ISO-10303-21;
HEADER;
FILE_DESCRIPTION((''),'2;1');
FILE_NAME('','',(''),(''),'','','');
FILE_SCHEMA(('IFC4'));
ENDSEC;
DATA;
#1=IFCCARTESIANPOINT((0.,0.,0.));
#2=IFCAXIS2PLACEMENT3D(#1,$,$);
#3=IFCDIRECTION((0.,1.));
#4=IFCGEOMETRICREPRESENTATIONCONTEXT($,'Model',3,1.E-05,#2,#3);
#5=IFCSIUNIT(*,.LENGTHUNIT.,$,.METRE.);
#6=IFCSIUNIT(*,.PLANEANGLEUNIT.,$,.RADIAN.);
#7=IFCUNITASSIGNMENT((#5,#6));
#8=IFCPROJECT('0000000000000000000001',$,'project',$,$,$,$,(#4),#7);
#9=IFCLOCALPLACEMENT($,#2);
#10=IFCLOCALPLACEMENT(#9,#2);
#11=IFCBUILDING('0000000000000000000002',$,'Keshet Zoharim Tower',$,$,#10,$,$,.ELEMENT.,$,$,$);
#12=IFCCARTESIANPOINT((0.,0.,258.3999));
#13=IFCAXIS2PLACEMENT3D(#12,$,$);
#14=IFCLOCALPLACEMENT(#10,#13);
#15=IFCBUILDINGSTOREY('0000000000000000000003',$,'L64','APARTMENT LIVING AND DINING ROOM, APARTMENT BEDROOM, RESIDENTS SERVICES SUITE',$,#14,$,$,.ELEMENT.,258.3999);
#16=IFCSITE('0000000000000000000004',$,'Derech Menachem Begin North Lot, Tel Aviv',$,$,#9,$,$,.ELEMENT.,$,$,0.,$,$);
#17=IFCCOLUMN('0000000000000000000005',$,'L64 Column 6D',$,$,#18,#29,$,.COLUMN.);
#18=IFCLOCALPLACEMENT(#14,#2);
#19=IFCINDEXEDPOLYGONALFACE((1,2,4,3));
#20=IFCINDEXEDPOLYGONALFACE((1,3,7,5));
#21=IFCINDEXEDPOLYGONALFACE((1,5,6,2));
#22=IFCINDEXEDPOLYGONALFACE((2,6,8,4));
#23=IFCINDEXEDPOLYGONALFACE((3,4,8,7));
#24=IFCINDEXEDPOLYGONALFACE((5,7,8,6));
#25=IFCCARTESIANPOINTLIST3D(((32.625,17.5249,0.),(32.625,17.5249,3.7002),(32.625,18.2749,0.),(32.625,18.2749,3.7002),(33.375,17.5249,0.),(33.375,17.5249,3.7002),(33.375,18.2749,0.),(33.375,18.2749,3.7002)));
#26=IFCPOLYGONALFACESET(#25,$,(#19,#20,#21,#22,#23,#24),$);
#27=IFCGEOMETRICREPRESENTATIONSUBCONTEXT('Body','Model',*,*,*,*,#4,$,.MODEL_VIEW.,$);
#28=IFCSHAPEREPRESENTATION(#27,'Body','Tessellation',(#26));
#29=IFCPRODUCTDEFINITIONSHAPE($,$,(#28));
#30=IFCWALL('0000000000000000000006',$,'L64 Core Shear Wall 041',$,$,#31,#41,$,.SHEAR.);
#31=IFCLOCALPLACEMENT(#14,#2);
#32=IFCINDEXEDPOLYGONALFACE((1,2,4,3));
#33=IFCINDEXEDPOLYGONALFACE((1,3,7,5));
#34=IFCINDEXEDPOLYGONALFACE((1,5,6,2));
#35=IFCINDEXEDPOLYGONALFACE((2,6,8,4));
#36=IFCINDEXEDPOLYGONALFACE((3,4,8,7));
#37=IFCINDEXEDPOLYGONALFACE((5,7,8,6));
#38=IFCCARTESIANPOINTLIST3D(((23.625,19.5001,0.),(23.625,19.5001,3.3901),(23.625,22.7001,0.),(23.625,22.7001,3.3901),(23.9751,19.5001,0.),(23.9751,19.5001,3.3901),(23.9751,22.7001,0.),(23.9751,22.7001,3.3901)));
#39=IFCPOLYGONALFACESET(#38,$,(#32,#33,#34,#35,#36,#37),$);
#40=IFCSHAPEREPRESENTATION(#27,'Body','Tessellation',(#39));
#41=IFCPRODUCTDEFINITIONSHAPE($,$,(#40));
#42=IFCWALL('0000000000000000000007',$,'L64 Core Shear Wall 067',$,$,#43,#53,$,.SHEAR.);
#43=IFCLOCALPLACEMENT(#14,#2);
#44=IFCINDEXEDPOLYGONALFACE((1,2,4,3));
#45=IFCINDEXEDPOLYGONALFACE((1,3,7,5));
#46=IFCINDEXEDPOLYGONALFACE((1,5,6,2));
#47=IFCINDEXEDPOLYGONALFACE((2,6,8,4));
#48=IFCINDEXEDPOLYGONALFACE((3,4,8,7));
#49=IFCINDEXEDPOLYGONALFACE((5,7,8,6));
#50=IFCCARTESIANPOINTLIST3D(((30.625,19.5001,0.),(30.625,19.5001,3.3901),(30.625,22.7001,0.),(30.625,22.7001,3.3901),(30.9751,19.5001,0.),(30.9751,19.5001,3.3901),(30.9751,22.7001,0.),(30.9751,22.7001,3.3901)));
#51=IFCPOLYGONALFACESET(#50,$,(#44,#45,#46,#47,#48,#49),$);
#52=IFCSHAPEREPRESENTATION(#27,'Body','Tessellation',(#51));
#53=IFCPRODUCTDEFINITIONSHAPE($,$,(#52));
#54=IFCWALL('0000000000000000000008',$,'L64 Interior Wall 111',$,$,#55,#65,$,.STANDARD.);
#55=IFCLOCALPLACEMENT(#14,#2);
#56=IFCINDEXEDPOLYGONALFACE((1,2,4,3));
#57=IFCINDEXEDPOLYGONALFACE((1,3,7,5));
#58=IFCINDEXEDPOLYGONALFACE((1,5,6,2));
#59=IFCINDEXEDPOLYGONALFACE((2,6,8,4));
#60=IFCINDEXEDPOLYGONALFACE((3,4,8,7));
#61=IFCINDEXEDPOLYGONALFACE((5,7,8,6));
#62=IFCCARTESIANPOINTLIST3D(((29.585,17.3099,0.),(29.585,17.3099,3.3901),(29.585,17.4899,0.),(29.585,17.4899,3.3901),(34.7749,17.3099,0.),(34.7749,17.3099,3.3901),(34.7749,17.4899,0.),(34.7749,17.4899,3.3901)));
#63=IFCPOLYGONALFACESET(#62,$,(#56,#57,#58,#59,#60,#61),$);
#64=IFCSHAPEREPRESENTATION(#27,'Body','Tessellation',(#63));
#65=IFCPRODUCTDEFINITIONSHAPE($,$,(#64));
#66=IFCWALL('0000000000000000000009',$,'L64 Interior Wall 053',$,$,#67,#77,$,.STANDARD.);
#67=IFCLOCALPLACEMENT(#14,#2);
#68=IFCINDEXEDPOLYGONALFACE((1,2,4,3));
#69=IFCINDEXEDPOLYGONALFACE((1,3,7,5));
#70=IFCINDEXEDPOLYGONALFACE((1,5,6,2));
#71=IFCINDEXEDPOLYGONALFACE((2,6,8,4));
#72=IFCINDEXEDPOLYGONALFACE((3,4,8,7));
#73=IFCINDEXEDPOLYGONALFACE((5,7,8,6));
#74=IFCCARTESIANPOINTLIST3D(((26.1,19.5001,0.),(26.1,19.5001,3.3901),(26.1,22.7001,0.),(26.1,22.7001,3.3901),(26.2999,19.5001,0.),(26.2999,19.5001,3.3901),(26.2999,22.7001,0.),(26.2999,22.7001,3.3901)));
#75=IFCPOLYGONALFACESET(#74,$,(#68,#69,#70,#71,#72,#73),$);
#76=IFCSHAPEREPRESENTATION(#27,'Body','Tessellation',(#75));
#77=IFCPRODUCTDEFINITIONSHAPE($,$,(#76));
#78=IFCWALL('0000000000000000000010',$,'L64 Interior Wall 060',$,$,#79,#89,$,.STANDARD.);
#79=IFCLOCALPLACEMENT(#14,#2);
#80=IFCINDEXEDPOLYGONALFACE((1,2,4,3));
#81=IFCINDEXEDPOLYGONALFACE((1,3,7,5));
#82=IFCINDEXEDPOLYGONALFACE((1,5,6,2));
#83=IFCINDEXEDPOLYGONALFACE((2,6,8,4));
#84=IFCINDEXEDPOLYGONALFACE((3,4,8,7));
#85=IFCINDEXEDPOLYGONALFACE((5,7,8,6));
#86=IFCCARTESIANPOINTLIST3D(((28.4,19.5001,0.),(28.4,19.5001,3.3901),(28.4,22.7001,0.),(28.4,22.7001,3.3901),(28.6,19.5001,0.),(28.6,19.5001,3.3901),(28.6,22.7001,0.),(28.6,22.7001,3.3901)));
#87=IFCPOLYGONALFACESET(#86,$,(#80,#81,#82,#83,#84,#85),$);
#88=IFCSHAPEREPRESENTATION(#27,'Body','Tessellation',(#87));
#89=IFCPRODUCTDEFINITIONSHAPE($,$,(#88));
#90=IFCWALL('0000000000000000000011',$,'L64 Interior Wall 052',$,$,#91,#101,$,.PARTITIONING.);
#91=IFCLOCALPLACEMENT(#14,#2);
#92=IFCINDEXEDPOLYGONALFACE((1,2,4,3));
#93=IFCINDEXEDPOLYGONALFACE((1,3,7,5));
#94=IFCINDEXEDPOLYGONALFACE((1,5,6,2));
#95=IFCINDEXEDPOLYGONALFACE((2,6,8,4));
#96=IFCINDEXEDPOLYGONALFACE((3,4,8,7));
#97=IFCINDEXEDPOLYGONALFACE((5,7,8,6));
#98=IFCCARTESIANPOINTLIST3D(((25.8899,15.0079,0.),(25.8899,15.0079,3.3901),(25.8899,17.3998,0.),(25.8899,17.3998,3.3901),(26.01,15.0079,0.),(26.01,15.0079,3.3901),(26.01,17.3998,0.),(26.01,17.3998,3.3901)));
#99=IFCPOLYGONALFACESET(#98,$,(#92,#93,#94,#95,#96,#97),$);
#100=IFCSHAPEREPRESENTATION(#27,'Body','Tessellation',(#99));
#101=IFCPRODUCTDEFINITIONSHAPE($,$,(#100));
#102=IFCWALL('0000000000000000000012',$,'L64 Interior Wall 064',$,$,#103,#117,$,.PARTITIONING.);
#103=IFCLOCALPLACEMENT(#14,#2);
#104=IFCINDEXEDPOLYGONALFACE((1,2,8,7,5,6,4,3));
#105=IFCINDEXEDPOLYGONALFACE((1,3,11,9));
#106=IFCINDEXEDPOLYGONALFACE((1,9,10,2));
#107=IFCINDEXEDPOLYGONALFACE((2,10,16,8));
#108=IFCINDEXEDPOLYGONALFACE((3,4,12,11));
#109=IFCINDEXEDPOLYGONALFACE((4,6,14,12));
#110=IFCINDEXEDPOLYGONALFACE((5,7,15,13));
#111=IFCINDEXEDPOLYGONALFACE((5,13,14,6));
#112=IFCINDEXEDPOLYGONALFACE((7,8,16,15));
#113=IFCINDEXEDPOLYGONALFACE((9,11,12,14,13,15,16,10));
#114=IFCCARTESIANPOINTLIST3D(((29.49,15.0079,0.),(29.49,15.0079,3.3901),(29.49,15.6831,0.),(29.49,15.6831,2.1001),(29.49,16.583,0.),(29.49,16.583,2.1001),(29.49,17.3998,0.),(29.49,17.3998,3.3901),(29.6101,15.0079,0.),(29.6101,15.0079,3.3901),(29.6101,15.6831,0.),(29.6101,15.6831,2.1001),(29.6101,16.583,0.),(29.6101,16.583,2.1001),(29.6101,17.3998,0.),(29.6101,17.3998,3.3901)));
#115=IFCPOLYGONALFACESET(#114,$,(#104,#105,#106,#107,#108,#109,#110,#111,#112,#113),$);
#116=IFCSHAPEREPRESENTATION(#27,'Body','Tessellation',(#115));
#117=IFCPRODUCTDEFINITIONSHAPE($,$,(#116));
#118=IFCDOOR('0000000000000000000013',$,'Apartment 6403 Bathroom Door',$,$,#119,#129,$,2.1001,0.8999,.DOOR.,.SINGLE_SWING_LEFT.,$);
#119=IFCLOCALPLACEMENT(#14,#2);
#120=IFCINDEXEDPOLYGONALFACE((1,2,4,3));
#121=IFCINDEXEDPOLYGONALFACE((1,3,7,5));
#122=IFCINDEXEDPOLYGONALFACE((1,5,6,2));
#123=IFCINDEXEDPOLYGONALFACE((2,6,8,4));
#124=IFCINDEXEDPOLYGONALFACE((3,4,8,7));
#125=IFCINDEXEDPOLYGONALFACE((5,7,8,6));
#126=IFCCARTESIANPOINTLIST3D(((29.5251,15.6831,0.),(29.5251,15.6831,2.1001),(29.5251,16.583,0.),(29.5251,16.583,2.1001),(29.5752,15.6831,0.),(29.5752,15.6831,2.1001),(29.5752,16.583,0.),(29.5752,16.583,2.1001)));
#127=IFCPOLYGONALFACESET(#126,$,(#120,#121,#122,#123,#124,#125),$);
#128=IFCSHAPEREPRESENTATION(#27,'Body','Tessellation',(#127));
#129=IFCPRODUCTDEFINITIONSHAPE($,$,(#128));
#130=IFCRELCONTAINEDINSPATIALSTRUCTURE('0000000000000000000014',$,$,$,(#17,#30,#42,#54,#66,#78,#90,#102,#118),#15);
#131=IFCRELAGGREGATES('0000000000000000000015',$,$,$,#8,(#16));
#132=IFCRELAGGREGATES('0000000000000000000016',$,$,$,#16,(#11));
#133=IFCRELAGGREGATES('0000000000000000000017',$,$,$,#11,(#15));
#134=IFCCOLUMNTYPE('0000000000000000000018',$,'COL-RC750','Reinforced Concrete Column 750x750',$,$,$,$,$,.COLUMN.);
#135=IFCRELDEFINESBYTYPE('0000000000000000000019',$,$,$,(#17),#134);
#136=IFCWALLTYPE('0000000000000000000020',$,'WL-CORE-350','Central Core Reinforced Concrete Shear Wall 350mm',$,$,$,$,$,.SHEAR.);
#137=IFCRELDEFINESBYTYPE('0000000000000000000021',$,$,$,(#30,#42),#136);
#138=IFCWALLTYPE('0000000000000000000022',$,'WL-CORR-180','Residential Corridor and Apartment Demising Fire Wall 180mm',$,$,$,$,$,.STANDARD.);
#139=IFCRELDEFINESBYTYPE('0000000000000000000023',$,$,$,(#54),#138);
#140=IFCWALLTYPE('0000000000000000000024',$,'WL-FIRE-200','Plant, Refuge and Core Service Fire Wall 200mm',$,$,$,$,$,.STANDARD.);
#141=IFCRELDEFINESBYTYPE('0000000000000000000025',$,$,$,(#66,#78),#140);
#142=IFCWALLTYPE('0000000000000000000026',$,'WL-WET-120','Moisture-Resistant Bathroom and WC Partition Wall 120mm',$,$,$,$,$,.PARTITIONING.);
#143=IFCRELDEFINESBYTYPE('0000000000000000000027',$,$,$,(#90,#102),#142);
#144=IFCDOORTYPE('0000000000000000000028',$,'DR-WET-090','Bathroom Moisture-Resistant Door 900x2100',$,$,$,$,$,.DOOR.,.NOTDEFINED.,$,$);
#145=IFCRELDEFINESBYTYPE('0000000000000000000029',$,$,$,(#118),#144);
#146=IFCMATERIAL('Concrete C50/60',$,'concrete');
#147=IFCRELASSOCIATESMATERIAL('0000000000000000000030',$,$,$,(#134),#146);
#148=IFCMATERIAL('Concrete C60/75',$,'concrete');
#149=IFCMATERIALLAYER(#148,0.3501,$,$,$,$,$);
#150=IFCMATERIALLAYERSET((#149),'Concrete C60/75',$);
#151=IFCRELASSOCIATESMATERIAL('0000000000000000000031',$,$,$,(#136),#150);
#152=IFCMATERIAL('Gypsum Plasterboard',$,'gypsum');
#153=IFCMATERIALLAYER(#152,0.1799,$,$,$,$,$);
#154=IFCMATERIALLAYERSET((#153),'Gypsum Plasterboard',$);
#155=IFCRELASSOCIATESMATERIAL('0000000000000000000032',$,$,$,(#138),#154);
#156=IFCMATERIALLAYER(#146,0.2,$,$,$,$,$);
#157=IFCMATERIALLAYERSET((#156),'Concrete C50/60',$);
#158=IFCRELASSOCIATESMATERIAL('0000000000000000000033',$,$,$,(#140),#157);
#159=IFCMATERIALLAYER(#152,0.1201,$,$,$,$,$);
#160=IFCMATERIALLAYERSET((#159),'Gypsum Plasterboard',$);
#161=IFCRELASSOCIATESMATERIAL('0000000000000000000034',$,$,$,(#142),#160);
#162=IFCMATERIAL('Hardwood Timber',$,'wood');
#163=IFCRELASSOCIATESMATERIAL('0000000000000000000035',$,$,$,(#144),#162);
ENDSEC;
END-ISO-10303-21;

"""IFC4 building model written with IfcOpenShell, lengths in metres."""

from ifc_helpers import new_model, si_unit, direction, frame, frame_2d, origin, origin_2d, place, context, subcontext, project, spatial, rectangle, extrude, material, layer, layer_set, material_profile, profile_set, type_object, element, fill, save


model = new_model("IFC4")

# Units and contexts
model_context = context("Model", 3, precision=1e-05, world=origin(), true_north=direction((0.0, 1.0)))
body_context = subcontext(model_context, "Body", "Model", "MODEL_VIEW")
ifc_project = project(units=[si_unit("LENGTHUNIT", "METRE"), si_unit("PLANEANGLEUNIT", "RADIAN")], contexts=[model_context])

# Site, building, storey
site_placement = place(None, origin())
site = spatial("IfcSite", under=ifc_project, at=site_placement, Name="Derech Menachem Begin North Lot, Tel Aviv", CompositionType="ELEMENT", RefElevation=0.0)
building_placement = place(site_placement, origin())
building = spatial("IfcBuilding", under=site, at=building_placement, Name="Keshet Zoharim Tower", CompositionType="ELEMENT")
storey_placement = place(building_placement, frame((0.0, 0.0, 258.3999)))
storey = spatial("IfcBuildingStorey", under=building, at=storey_placement, Name="L64", Description="APARTMENT LIVING AND DINING ROOM, APARTMENT BEDROOM, RESIDENTS SERVICES SUITE", CompositionType="ELEMENT", Elevation=258.3999)

# Column
ifc_material_1 = material(Name="Concrete C50/60", Category="concrete")
ifc_material_profile = material_profile(ifc_material_1, rectangle(XDim=0.75, YDim=0.75, at=origin_2d()), Name="RC750x750")
ifc_profile_set = profile_set([ifc_material_profile], Name="Concrete C50/60")
column_type = type_object("IfcColumnType", Name="COL-RC750", Description="Reinforced Concrete Column 750x750", PredefinedType="COLUMN", material=ifc_profile_set)
column_placement = place(storey_placement, frame((33.0, 17.8999, 0.0), z_axis=(0.0, 0.0, 1.0), x_axis=(1.0, 0.0, 0.0)))
element("IfcColumn", 1, at=column_placement, inside=storey, type_object=column_type, Name="L64 Column 6D", PredefinedType="COLUMN", context=body_context, shape_type="SweptSolid", body=[
    extrude(rectangle(XDim=0.75, YDim=0.75, at=origin_2d()), origin(), (0.0, 0.0, 1.0), 3.7002),
])

# Wall
ifc_material_2 = material(Name="Concrete C60/75", Category="concrete")
ifc_layer_1 = layer(ifc_material_2, 0.3501)
ifc_layer_set_1 = layer_set([ifc_layer_1], Name="Concrete C60/75")
wall_type_1 = type_object("IfcWallType", Name="WL-CORE-350", Description="Central Core Reinforced Concrete Shear Wall 350mm", PredefinedType="SHEAR", material=ifc_layer_set_1)
wall_1_placement = place(storey_placement, frame((23.8, 19.5, 0.0), z_axis=(0.0, 0.0, 1.0), x_axis=(0.0, 1.0, 0.0)))
element("IfcWall", 2, at=wall_1_placement, inside=storey, type_object=wall_type_1, Name="L64 Core Shear Wall 041", PredefinedType="SHEAR", context=body_context, shape_type="SweptSolid", body=[
    extrude(rectangle(XDim=3.2, YDim=0.3501, at=frame_2d((1.6001, 0.0))), origin(), (0.0, 0.0, 1.0), 3.3901),
])

# Shared definitions
ifc_material_3 = material(Name="Hardwood Timber", Category="wood")

# Wall
wall_2_placement = place(storey_placement, frame((30.8, 19.5, 0.0), z_axis=(0.0, 0.0, 1.0), x_axis=(0.0, 1.0, 0.0)))
element("IfcWall", 3, at=wall_2_placement, inside=storey, type_object=wall_type_1, Name="L64 Core Shear Wall 067", PredefinedType="SHEAR", context=body_context, shape_type="SweptSolid", body=[
    extrude(rectangle(XDim=3.2, YDim=0.3501, at=frame_2d((1.6001, 0.0))), origin(), (0.0, 0.0, 1.0), 3.3901),
])

# Shared definitions
ifc_material_4 = material(Name="Gypsum Plasterboard", Category="gypsum")
ifc_layer_2 = layer(ifc_material_4, 0.1799)
ifc_layer_set_2 = layer_set([ifc_layer_2], Name="Gypsum Plasterboard")
wall_type_2 = type_object("IfcWallType", Name="WL-CORR-180", Description="Residential Corridor and Apartment Demising Fire Wall 180mm", PredefinedType="STANDARD", material=ifc_layer_set_2)

# Walls
wall_3_placement = place(storey_placement, frame((29.585, 17.3999, 0.0), z_axis=(0.0, 0.0, 1.0), x_axis=(1.0, 0.0, 0.0)))
element("IfcWall", 4, at=wall_3_placement, inside=storey, type_object=wall_type_2, Name="L64 Interior Wall 111", PredefinedType="STANDARD", context=body_context, shape_type="SweptSolid", body=[
    extrude(rectangle(XDim=5.1899, YDim=0.1799, at=frame_2d((2.595, 0.0))), origin(), (0.0, 0.0, 1.0), 3.3901),
])
ifc_layer_3 = layer(ifc_material_1, 0.2)
ifc_layer_set_3 = layer_set([ifc_layer_3], Name="Concrete C50/60")
wall_type_3 = type_object("IfcWallType", Name="WL-FIRE-200", Description="Plant, Refuge and Core Service Fire Wall 200mm", PredefinedType="STANDARD", material=ifc_layer_set_3)
for number, where, z_axis, x_axis, name in (
    (5, (26.2, 19.5, 0.0), (0.0, 0.0, 1.0), (0.0, 1.0, 0.0), "L64 Interior Wall 053"),
    (6, (28.5, 19.5, 0.0), (0.0, 0.0, 1.0), (0.0, 1.0, 0.0), "L64 Interior Wall 060"),
):
    element("IfcWall", number, at=place(storey_placement, frame(where, z_axis=z_axis, x_axis=x_axis)), inside=storey, type_object=wall_type_3, Name=name, PredefinedType="STANDARD", context=body_context, shape_type="SweptSolid", body=[
        extrude(rectangle(XDim=3.2, YDim=0.2, at=frame_2d((1.6001, 0.0))), origin(), (0.0, 0.0, 1.0), 3.3901),
    ])

# Wall
ifc_layer_4 = layer(ifc_material_4, 0.1201)
ifc_layer_set_4 = layer_set([ifc_layer_4], Name="Gypsum Plasterboard")
wall_type_4 = type_object("IfcWallType", Name="WL-WET-120", Description="Moisture-Resistant Bathroom and WC Partition Wall 120mm", PredefinedType="PARTITIONING", material=ifc_layer_set_4)
wall_4_placement = place(storey_placement, frame((25.95, 15.0081, 0.0), z_axis=(0.0, 0.0, 1.0), x_axis=(0.0, 1.0, 0.0)))
element("IfcWall", 7, at=wall_4_placement, inside=storey, type_object=wall_type_4, Name="L64 Interior Wall 052", PredefinedType="PARTITIONING", context=body_context, shape_type="SweptSolid", body=[
    extrude(rectangle(XDim=2.3918, YDim=0.1201, at=frame_2d((1.1958, 0.0))), origin(), (0.0, 0.0, 1.0), 3.3901),
])

# Wall, opening, door
wall_5_placement = place(storey_placement, frame((29.55, 15.0081, 0.0), z_axis=(0.0, 0.0, 1.0), x_axis=(0.0, 1.0, 0.0)))
wall_5 = element("IfcWall", 8, at=wall_5_placement, inside=storey, type_object=wall_type_4, Name="L64 Interior Wall 064", PredefinedType="PARTITIONING", context=body_context, shape_type="SweptSolid", body=[
    extrude(rectangle(XDim=2.3918, YDim=0.1201, at=frame_2d((1.1958, 0.0))), origin(), (0.0, 0.0, 1.0), 3.3901),
])
opening_1_placement = place(wall_5_placement, frame((0.675, 0.0, 0.0)))
opening_1 = element("IfcOpeningElement", 9, at=opening_1_placement, cuts=wall_5, PredefinedType="OPENING", context=body_context, shape_type="SweptSolid", body=[
    extrude(rectangle(XDim=0.8999, YDim=2.1001, at=frame_2d((0.45, 1.05))), frame((0.0, 0.0701, 0.0), z_axis=(0.0, -1.0, 0.0), x_axis=(1.0, 0.0, 0.0)), (0.0, 0.0, 1.0), 0.1401),
])
door_type_1 = type_object("IfcDoorType", Name="DR-WET-090", Description="Bathroom Moisture-Resistant Door 900x2100", OperationType="NOTDEFINED", PredefinedType="DOOR", material=ifc_material_3)
door_1_placement = place(opening_1_placement, origin())
door_1 = element("IfcDoor", 10, at=door_1_placement, inside=storey, type_object=door_type_1, Name="Apartment 6403 Bathroom Door", OperationType="SINGLE_SWING_LEFT", OverallHeight=2.1001, OverallWidth=0.8999, PredefinedType="DOOR", context=body_context, shape_type="SweptSolid", body=[
    extrude(rectangle(XDim=0.8999, YDim=2.1001, at=frame_2d((0.45, 1.05))), frame((0.0, 0.0249, 0.0), z_axis=(0.0, -1.0, 0.0), x_axis=(1.0, 0.0, 0.0)), (0.0, 0.0, 1.0), 0.05),
])
fill(opening_1, door_1)

save(model, "model.ifc")
